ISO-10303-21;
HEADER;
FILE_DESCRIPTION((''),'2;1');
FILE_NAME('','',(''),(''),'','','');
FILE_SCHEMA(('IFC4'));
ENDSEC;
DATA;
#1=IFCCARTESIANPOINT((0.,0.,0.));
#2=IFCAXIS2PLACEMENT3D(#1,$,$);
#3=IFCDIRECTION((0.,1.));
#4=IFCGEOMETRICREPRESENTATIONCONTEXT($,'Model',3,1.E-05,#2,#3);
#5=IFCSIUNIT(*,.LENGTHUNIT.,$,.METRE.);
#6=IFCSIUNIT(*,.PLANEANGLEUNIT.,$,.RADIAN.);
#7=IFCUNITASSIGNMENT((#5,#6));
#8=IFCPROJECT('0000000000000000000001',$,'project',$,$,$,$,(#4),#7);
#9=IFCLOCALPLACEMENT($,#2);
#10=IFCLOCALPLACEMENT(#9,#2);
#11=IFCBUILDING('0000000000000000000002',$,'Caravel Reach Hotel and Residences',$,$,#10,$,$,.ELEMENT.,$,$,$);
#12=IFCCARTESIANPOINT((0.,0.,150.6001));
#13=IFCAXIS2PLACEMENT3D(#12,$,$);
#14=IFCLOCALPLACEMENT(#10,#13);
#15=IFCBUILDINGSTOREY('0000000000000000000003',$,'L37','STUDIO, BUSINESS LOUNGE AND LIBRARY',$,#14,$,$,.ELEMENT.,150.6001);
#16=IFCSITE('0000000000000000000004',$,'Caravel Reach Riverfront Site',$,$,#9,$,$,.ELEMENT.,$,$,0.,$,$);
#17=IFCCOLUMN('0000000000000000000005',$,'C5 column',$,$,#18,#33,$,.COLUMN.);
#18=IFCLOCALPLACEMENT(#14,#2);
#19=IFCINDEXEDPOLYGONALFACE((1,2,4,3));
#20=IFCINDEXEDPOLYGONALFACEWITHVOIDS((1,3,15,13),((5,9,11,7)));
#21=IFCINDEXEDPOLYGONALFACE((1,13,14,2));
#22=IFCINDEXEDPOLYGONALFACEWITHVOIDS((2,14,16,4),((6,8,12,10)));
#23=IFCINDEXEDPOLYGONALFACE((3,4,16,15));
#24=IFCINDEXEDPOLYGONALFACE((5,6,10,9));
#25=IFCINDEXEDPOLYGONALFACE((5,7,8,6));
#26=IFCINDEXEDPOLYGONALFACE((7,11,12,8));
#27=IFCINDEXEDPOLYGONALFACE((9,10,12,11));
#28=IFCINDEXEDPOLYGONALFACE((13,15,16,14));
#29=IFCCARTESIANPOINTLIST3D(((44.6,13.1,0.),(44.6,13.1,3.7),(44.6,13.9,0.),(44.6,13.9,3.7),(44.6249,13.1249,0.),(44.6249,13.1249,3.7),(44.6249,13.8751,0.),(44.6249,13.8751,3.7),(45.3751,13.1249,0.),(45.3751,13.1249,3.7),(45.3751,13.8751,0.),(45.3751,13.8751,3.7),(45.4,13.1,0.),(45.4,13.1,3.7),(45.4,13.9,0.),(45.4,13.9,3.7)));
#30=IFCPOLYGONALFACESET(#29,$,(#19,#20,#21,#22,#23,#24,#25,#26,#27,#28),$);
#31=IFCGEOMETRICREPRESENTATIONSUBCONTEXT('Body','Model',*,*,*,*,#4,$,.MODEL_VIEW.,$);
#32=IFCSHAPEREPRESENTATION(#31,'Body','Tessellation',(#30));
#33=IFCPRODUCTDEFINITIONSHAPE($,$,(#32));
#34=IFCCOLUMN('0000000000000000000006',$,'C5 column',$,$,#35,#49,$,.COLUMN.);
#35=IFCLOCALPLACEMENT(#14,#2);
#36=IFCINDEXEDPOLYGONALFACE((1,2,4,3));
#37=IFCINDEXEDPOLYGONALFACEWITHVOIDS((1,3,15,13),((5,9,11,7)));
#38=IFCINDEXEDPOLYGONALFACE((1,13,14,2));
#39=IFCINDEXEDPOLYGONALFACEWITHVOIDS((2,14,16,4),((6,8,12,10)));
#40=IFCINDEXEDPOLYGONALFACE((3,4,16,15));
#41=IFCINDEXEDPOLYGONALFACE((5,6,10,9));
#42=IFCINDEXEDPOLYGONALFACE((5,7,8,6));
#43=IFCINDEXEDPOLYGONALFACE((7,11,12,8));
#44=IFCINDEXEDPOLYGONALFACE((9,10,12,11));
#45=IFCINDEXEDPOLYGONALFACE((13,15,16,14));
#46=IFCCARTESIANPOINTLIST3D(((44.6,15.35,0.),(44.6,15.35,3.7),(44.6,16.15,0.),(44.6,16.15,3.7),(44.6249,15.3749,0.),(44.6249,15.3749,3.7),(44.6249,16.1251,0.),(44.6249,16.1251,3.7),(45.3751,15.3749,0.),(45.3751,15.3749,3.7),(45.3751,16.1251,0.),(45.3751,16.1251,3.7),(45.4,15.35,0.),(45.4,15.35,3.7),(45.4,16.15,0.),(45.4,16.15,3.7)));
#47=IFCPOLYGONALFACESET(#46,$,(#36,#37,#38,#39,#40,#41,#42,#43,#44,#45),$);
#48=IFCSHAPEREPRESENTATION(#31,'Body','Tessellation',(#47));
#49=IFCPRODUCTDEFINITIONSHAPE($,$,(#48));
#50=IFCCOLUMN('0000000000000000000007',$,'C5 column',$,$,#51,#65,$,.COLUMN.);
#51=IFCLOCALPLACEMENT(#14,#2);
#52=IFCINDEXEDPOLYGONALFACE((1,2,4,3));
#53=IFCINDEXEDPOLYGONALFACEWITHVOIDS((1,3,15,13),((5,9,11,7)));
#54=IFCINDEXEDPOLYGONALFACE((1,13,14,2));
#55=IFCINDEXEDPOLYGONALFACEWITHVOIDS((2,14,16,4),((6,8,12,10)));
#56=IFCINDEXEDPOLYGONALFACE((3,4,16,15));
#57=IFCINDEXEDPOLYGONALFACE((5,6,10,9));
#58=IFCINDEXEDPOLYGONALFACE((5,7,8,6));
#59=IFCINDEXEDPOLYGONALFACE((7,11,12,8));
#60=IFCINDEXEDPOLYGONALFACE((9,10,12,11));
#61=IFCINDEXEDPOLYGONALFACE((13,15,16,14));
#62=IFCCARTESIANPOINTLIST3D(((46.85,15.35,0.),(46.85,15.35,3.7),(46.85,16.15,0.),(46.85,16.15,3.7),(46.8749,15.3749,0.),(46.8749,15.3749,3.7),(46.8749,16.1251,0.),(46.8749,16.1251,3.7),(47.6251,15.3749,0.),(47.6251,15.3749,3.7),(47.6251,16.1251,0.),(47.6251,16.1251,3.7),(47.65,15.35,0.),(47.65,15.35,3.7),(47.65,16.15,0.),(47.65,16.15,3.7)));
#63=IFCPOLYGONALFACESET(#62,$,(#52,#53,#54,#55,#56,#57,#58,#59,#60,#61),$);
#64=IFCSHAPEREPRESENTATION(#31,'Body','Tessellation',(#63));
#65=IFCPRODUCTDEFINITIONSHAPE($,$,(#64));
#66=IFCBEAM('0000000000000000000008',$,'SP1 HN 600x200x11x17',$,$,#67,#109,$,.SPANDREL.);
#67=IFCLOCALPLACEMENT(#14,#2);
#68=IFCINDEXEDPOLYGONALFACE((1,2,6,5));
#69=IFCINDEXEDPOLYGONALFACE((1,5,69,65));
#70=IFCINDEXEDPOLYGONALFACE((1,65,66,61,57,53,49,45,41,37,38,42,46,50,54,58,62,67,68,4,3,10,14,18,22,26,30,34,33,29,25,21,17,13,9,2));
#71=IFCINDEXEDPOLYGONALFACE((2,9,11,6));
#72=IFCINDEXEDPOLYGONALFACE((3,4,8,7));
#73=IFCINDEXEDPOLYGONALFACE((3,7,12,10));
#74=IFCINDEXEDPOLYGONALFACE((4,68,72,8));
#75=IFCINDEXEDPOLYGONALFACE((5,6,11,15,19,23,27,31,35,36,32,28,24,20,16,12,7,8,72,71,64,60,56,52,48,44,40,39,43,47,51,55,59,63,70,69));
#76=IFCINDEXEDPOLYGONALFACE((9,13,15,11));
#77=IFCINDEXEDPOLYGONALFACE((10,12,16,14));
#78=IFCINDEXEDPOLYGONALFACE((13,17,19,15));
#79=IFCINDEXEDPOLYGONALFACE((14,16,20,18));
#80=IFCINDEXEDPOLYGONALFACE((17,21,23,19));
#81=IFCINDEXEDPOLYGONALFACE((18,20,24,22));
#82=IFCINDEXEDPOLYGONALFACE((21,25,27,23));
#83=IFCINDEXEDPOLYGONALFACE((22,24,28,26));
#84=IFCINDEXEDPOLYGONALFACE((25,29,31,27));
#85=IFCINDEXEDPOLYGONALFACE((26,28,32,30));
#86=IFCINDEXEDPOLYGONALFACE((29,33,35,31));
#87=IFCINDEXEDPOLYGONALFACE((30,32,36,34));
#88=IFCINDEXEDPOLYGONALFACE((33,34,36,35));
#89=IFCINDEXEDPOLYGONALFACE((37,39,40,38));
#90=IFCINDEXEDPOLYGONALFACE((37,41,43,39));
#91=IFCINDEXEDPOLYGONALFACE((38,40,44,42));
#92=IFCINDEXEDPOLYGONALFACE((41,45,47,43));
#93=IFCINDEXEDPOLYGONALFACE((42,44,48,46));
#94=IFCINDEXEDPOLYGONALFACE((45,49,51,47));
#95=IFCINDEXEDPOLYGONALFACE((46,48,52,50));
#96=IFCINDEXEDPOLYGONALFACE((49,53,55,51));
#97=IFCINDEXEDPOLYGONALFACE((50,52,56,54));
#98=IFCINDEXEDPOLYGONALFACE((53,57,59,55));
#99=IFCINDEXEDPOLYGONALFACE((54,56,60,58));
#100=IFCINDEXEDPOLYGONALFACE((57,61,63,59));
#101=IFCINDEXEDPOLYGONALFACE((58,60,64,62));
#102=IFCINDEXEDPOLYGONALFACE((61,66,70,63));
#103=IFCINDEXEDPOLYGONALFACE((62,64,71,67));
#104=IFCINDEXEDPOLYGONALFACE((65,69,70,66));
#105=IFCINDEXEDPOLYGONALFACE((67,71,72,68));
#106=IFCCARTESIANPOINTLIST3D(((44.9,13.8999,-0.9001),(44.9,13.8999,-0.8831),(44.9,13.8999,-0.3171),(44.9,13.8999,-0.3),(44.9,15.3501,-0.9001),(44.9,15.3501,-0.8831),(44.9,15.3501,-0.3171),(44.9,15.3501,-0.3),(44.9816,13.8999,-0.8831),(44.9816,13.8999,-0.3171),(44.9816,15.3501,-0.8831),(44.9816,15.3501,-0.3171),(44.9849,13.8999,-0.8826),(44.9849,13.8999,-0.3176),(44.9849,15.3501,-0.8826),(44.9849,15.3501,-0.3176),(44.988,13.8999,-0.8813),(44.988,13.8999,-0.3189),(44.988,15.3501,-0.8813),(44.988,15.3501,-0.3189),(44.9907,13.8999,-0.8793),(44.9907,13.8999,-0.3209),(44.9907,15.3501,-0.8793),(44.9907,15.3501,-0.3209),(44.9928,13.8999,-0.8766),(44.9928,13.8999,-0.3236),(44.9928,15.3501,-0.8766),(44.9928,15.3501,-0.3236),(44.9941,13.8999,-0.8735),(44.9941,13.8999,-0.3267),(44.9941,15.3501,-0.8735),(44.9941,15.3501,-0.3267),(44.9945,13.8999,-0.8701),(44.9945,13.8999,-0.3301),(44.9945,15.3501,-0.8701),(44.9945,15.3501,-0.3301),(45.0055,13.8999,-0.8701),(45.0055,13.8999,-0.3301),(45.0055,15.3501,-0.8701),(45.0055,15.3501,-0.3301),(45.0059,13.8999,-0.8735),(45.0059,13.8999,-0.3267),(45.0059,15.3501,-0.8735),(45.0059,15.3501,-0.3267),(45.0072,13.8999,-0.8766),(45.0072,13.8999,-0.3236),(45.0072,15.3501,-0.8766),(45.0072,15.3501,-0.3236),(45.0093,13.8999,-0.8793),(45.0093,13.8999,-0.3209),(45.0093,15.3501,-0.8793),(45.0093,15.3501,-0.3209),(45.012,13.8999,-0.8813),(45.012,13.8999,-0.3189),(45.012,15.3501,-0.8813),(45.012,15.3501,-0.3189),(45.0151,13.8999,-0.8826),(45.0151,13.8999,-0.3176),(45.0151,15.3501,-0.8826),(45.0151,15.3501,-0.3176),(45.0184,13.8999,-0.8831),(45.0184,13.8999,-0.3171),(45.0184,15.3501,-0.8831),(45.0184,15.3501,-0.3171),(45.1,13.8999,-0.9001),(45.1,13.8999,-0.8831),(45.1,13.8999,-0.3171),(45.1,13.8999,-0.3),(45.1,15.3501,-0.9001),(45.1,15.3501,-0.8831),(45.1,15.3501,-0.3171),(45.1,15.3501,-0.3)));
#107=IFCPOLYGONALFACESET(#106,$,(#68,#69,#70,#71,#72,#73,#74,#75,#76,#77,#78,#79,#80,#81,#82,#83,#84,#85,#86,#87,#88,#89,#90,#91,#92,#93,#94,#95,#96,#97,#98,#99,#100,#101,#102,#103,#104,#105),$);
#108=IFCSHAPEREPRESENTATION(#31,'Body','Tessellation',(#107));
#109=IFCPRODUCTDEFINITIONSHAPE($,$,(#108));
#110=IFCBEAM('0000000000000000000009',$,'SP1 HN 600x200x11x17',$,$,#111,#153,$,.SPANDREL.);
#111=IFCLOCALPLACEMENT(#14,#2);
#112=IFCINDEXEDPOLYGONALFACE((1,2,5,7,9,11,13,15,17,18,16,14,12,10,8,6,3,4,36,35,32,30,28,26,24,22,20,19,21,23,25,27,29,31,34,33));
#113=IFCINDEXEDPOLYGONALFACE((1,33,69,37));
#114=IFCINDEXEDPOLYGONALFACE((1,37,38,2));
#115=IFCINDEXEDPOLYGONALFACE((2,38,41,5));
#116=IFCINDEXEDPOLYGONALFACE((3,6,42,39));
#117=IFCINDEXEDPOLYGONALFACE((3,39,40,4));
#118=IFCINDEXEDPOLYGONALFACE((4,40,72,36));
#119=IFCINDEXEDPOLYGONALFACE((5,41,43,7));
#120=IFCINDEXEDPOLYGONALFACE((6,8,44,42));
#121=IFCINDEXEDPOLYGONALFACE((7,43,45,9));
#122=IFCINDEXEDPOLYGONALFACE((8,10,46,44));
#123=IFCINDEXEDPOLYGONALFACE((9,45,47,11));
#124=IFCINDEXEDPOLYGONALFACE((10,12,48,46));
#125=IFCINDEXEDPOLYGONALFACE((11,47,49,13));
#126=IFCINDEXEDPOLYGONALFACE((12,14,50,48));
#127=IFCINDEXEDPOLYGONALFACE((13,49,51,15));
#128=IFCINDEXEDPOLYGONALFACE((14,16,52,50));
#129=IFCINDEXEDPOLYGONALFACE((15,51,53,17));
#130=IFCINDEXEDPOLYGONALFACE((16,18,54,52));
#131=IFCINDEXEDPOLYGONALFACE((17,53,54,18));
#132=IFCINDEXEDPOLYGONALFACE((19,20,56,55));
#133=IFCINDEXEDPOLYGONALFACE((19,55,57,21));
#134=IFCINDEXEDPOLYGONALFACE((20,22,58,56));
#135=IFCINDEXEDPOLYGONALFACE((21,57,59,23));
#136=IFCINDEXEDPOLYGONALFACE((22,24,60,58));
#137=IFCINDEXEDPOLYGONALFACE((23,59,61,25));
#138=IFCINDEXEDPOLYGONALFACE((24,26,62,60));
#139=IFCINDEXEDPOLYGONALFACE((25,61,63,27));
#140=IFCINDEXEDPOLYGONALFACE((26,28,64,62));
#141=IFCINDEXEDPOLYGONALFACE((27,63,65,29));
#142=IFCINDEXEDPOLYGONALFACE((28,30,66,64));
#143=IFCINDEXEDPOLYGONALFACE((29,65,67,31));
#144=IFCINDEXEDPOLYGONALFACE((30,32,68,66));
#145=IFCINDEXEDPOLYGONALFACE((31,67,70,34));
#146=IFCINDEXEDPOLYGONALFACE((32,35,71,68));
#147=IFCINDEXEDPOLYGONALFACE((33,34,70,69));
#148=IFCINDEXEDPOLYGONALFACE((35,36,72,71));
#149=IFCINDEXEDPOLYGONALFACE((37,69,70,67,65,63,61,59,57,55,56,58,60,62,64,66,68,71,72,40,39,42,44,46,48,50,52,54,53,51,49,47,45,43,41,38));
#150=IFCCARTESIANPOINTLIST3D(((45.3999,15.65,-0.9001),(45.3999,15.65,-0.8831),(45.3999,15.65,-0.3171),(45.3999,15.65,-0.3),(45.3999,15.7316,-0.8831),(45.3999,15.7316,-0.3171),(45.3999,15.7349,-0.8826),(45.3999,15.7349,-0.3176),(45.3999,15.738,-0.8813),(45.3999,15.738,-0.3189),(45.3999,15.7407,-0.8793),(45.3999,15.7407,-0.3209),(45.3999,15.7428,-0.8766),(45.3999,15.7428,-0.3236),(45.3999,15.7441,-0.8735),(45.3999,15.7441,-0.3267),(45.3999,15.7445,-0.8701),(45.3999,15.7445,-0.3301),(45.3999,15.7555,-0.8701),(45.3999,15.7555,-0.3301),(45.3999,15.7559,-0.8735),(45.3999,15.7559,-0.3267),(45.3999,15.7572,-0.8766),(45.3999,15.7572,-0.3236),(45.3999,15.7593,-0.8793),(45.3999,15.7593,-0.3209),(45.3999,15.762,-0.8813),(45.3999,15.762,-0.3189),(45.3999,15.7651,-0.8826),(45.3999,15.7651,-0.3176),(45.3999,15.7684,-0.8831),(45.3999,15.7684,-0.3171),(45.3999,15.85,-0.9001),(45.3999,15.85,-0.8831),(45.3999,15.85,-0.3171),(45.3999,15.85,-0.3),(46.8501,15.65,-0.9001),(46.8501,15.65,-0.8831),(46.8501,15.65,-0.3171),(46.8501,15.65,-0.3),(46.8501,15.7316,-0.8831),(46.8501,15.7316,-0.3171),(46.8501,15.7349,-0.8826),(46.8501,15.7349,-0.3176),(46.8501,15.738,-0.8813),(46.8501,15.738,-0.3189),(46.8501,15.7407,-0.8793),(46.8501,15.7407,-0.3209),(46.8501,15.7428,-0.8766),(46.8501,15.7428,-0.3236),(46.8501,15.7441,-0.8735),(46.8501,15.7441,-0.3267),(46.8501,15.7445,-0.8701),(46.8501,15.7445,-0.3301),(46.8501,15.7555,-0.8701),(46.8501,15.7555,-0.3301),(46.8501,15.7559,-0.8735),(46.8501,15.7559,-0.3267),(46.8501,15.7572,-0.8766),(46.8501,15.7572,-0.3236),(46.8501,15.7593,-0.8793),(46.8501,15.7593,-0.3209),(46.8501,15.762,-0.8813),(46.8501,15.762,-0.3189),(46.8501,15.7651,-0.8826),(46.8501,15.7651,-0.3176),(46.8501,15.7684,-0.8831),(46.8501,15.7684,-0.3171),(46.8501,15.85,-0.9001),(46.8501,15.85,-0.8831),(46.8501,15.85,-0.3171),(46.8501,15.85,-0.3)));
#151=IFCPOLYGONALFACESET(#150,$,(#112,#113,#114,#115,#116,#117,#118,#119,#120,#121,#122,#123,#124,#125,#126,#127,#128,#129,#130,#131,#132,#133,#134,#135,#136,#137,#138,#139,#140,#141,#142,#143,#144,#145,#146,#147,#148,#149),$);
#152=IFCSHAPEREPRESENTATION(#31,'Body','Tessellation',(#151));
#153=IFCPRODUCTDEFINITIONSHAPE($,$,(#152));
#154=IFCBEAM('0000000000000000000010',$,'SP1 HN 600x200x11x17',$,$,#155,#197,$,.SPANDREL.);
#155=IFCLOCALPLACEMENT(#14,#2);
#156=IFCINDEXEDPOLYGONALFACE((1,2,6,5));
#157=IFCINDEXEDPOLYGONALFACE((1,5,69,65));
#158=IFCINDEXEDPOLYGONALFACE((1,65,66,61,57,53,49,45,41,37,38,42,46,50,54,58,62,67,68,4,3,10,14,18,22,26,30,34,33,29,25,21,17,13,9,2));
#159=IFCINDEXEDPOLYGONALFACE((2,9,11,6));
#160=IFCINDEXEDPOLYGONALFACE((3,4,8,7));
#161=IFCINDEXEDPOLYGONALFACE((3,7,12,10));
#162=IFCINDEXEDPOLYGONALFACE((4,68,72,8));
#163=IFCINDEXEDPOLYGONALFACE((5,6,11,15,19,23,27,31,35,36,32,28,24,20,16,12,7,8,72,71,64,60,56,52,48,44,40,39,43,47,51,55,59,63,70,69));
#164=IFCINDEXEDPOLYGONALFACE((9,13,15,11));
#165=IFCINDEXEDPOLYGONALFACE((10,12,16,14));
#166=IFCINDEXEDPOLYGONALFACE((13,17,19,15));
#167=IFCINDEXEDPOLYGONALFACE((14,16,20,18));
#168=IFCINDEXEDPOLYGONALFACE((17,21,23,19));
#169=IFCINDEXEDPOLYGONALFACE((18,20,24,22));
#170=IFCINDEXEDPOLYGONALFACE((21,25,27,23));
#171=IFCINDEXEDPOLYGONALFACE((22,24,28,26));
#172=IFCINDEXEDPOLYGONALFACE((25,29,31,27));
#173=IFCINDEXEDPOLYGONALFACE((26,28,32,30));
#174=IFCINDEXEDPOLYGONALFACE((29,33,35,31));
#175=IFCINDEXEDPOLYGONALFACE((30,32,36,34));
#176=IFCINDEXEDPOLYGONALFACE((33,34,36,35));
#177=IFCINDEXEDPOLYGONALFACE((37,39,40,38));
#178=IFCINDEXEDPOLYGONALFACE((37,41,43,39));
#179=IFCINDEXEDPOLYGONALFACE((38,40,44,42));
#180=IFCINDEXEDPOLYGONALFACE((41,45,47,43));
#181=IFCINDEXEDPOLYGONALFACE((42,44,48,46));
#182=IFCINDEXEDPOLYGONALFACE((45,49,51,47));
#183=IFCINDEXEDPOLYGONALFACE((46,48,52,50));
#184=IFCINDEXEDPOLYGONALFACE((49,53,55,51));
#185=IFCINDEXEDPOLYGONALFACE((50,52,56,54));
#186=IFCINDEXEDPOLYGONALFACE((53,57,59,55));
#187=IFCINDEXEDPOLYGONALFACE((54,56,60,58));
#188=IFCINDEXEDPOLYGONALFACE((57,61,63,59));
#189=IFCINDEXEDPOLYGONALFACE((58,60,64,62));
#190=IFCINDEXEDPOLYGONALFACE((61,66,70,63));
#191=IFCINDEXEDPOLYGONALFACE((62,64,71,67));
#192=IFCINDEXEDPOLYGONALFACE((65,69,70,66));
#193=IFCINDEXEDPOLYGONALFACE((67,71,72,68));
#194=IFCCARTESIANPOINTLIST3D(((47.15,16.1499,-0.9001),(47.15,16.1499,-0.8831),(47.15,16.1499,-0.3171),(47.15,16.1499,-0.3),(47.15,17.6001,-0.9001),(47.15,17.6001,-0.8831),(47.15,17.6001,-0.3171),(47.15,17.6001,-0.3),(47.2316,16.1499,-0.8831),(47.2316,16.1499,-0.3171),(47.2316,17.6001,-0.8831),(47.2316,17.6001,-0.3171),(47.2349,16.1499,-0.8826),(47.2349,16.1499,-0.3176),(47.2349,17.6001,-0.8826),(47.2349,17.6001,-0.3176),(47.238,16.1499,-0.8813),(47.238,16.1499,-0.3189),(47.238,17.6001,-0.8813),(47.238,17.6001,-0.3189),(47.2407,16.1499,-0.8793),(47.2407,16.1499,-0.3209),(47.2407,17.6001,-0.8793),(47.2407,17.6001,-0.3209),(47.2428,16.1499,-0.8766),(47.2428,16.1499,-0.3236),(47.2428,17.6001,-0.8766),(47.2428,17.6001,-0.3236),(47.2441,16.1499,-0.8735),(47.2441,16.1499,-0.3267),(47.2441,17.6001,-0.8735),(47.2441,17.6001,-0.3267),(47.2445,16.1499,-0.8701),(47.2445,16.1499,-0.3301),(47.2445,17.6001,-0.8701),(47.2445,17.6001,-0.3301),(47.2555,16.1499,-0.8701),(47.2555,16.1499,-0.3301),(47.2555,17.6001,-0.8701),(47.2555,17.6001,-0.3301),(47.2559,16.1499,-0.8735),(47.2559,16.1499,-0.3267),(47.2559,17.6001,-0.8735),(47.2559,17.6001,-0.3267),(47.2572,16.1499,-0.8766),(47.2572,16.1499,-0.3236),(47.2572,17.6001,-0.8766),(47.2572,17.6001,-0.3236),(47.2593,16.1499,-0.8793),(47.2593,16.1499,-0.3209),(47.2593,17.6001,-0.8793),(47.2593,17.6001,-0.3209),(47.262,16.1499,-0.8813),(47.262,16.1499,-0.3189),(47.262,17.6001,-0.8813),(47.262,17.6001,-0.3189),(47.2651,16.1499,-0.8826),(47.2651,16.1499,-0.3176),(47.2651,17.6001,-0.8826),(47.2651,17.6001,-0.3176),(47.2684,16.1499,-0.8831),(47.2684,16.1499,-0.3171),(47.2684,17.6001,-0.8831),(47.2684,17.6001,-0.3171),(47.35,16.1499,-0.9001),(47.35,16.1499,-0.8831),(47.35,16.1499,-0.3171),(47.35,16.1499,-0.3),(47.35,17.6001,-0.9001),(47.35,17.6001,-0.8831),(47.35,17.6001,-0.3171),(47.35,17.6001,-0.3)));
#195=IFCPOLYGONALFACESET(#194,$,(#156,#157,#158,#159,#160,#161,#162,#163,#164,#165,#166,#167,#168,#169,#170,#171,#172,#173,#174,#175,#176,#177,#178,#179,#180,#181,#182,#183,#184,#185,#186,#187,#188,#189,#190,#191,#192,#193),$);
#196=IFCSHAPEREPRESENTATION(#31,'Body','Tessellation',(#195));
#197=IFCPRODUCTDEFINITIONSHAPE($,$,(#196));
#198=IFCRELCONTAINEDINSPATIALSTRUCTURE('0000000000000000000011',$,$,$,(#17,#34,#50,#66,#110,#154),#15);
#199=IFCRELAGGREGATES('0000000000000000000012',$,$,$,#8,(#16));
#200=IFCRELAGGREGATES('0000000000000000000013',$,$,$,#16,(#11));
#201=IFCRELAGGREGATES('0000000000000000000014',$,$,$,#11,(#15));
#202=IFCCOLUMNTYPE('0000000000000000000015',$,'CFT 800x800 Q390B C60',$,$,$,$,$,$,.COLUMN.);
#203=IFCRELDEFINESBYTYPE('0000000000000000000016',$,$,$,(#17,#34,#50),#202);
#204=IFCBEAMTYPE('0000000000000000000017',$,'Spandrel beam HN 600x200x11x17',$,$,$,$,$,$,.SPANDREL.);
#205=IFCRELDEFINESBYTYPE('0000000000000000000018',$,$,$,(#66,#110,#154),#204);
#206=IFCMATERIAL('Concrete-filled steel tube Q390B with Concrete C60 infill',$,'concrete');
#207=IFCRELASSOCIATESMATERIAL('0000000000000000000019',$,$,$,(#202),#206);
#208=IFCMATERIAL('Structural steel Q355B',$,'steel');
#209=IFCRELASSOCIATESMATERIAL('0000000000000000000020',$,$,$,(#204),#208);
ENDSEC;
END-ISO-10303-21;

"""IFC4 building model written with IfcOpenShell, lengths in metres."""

from ifc_helpers import new_model, si_unit, direction, frame, origin, origin_2d, place, context, subcontext, project, spatial, hollow_rectangle, i_section, extrude, material, material_profile, profile_set, type_object, element, save


model = new_model("IFC4")

# Units and contexts
model_context = context("Model", 3, precision=1e-05, world=origin(), true_north=direction((0.0, 1.0)))
body_context = subcontext(model_context, "Body", "Model", "MODEL_VIEW")
ifc_project = project(units=[si_unit("LENGTHUNIT", "METRE"), si_unit("PLANEANGLEUNIT", "RADIAN")], contexts=[model_context])

# Site, building, storey
site_placement = place(None, origin())
site = spatial("IfcSite", under=ifc_project, at=site_placement, Name="Caravel Reach Riverfront Site", CompositionType="ELEMENT", RefElevation=0.0)
building_placement = place(site_placement, origin())
building = spatial("IfcBuilding", under=site, at=building_placement, Name="Caravel Reach Hotel and Residences", CompositionType="ELEMENT")
storey_placement = place(building_placement, frame((0.0, 0.0, 150.6001)))
storey = spatial("IfcBuildingStorey", under=building, at=storey_placement, Name="L37", Description="STUDIO, BUSINESS LOUNGE AND LIBRARY", CompositionType="ELEMENT", Elevation=150.6001)

# Columns
ifc_material_1 = material(Name="Concrete-filled steel tube Q390B with Concrete C60 infill", Category="concrete")
ifc_material_profile_1 = material_profile(ifc_material_1, hollow_rectangle(XDim=0.8, YDim=0.8, WallThickness=0.0249, at=origin_2d()), Name="RHS 800x800x25")
ifc_profile_set_1 = profile_set([ifc_material_profile_1], Name="Concrete-filled steel tube Q390B with Concrete C60 infill")
column_type = type_object("IfcColumnType", Name="CFT 800x800 Q390B C60", PredefinedType="COLUMN", material=ifc_profile_set_1)
for number, where, z_axis, x_axis, name in (
    (1, (45.0, 13.5, 0.0), (0.0, 0.0, 1.0), (1.0, 0.0, 0.0), "C5 column"),
    (2, (45.0, 15.75, 0.0), (0.0, 0.0, 1.0), (1.0, 0.0, 0.0), "C5 column"),
    (3, (47.25, 15.75, 0.0), (0.0, 0.0, 1.0), (1.0, 0.0, 0.0), "C5 column"),
):
    element("IfcColumn", number, at=place(storey_placement, frame(where, z_axis=z_axis, x_axis=x_axis)), inside=storey, type_object=column_type, Name=name, PredefinedType="COLUMN", context=body_context, shape_type="SweptSolid", body=[
        extrude(hollow_rectangle(XDim=0.8, YDim=0.8, WallThickness=0.0249, at=origin_2d()), origin(), (0.0, 0.0, 1.0), 3.7),
    ])

# Beams
ifc_material_2 = material(Name="Structural steel Q355B", Category="steel")
ifc_material_profile_2 = material_profile(ifc_material_2, i_section(OverallWidth=0.2, OverallDepth=0.6001, WebThickness=0.011, FlangeThickness=0.0171, FilletRadius=0.0129, at=origin_2d()), Name="HN 600x200x11x17")
ifc_profile_set_2 = profile_set([ifc_material_profile_2], Name="Structural steel Q355B")
beam_type = type_object("IfcBeamType", Name="Spandrel beam HN 600x200x11x17", PredefinedType="SPANDREL", material=ifc_profile_set_2)
for number, where, z_axis, x_axis, name in (
    (4, (45.0, 13.8999, -0.6001), (0.0, 1.0, 0.0), (-1.0, 0.0, 0.0), "SP1 HN 600x200x11x17"),
    (5, (45.3999, 15.75, -0.6001), (1.0, 0.0, 0.0), (0.0, 1.0, 0.0), "SP1 HN 600x200x11x17"),
    (6, (47.25, 16.1499, -0.6001), (0.0, 1.0, 0.0), (-1.0, 0.0, 0.0), "SP1 HN 600x200x11x17"),
):
    element("IfcBeam", number, at=place(storey_placement, frame(where, z_axis=z_axis, x_axis=x_axis)), inside=storey, type_object=beam_type, Name=name, PredefinedType="SPANDREL", context=body_context, shape_type="SweptSolid", body=[
        extrude(i_section(OverallWidth=0.2, OverallDepth=0.6001, WebThickness=0.011, FlangeThickness=0.0171, FilletRadius=0.0129, at=origin_2d()), origin(), (0.0, 0.0, 1.0), 1.4502),
    ])

save(model, "model.ifc")
